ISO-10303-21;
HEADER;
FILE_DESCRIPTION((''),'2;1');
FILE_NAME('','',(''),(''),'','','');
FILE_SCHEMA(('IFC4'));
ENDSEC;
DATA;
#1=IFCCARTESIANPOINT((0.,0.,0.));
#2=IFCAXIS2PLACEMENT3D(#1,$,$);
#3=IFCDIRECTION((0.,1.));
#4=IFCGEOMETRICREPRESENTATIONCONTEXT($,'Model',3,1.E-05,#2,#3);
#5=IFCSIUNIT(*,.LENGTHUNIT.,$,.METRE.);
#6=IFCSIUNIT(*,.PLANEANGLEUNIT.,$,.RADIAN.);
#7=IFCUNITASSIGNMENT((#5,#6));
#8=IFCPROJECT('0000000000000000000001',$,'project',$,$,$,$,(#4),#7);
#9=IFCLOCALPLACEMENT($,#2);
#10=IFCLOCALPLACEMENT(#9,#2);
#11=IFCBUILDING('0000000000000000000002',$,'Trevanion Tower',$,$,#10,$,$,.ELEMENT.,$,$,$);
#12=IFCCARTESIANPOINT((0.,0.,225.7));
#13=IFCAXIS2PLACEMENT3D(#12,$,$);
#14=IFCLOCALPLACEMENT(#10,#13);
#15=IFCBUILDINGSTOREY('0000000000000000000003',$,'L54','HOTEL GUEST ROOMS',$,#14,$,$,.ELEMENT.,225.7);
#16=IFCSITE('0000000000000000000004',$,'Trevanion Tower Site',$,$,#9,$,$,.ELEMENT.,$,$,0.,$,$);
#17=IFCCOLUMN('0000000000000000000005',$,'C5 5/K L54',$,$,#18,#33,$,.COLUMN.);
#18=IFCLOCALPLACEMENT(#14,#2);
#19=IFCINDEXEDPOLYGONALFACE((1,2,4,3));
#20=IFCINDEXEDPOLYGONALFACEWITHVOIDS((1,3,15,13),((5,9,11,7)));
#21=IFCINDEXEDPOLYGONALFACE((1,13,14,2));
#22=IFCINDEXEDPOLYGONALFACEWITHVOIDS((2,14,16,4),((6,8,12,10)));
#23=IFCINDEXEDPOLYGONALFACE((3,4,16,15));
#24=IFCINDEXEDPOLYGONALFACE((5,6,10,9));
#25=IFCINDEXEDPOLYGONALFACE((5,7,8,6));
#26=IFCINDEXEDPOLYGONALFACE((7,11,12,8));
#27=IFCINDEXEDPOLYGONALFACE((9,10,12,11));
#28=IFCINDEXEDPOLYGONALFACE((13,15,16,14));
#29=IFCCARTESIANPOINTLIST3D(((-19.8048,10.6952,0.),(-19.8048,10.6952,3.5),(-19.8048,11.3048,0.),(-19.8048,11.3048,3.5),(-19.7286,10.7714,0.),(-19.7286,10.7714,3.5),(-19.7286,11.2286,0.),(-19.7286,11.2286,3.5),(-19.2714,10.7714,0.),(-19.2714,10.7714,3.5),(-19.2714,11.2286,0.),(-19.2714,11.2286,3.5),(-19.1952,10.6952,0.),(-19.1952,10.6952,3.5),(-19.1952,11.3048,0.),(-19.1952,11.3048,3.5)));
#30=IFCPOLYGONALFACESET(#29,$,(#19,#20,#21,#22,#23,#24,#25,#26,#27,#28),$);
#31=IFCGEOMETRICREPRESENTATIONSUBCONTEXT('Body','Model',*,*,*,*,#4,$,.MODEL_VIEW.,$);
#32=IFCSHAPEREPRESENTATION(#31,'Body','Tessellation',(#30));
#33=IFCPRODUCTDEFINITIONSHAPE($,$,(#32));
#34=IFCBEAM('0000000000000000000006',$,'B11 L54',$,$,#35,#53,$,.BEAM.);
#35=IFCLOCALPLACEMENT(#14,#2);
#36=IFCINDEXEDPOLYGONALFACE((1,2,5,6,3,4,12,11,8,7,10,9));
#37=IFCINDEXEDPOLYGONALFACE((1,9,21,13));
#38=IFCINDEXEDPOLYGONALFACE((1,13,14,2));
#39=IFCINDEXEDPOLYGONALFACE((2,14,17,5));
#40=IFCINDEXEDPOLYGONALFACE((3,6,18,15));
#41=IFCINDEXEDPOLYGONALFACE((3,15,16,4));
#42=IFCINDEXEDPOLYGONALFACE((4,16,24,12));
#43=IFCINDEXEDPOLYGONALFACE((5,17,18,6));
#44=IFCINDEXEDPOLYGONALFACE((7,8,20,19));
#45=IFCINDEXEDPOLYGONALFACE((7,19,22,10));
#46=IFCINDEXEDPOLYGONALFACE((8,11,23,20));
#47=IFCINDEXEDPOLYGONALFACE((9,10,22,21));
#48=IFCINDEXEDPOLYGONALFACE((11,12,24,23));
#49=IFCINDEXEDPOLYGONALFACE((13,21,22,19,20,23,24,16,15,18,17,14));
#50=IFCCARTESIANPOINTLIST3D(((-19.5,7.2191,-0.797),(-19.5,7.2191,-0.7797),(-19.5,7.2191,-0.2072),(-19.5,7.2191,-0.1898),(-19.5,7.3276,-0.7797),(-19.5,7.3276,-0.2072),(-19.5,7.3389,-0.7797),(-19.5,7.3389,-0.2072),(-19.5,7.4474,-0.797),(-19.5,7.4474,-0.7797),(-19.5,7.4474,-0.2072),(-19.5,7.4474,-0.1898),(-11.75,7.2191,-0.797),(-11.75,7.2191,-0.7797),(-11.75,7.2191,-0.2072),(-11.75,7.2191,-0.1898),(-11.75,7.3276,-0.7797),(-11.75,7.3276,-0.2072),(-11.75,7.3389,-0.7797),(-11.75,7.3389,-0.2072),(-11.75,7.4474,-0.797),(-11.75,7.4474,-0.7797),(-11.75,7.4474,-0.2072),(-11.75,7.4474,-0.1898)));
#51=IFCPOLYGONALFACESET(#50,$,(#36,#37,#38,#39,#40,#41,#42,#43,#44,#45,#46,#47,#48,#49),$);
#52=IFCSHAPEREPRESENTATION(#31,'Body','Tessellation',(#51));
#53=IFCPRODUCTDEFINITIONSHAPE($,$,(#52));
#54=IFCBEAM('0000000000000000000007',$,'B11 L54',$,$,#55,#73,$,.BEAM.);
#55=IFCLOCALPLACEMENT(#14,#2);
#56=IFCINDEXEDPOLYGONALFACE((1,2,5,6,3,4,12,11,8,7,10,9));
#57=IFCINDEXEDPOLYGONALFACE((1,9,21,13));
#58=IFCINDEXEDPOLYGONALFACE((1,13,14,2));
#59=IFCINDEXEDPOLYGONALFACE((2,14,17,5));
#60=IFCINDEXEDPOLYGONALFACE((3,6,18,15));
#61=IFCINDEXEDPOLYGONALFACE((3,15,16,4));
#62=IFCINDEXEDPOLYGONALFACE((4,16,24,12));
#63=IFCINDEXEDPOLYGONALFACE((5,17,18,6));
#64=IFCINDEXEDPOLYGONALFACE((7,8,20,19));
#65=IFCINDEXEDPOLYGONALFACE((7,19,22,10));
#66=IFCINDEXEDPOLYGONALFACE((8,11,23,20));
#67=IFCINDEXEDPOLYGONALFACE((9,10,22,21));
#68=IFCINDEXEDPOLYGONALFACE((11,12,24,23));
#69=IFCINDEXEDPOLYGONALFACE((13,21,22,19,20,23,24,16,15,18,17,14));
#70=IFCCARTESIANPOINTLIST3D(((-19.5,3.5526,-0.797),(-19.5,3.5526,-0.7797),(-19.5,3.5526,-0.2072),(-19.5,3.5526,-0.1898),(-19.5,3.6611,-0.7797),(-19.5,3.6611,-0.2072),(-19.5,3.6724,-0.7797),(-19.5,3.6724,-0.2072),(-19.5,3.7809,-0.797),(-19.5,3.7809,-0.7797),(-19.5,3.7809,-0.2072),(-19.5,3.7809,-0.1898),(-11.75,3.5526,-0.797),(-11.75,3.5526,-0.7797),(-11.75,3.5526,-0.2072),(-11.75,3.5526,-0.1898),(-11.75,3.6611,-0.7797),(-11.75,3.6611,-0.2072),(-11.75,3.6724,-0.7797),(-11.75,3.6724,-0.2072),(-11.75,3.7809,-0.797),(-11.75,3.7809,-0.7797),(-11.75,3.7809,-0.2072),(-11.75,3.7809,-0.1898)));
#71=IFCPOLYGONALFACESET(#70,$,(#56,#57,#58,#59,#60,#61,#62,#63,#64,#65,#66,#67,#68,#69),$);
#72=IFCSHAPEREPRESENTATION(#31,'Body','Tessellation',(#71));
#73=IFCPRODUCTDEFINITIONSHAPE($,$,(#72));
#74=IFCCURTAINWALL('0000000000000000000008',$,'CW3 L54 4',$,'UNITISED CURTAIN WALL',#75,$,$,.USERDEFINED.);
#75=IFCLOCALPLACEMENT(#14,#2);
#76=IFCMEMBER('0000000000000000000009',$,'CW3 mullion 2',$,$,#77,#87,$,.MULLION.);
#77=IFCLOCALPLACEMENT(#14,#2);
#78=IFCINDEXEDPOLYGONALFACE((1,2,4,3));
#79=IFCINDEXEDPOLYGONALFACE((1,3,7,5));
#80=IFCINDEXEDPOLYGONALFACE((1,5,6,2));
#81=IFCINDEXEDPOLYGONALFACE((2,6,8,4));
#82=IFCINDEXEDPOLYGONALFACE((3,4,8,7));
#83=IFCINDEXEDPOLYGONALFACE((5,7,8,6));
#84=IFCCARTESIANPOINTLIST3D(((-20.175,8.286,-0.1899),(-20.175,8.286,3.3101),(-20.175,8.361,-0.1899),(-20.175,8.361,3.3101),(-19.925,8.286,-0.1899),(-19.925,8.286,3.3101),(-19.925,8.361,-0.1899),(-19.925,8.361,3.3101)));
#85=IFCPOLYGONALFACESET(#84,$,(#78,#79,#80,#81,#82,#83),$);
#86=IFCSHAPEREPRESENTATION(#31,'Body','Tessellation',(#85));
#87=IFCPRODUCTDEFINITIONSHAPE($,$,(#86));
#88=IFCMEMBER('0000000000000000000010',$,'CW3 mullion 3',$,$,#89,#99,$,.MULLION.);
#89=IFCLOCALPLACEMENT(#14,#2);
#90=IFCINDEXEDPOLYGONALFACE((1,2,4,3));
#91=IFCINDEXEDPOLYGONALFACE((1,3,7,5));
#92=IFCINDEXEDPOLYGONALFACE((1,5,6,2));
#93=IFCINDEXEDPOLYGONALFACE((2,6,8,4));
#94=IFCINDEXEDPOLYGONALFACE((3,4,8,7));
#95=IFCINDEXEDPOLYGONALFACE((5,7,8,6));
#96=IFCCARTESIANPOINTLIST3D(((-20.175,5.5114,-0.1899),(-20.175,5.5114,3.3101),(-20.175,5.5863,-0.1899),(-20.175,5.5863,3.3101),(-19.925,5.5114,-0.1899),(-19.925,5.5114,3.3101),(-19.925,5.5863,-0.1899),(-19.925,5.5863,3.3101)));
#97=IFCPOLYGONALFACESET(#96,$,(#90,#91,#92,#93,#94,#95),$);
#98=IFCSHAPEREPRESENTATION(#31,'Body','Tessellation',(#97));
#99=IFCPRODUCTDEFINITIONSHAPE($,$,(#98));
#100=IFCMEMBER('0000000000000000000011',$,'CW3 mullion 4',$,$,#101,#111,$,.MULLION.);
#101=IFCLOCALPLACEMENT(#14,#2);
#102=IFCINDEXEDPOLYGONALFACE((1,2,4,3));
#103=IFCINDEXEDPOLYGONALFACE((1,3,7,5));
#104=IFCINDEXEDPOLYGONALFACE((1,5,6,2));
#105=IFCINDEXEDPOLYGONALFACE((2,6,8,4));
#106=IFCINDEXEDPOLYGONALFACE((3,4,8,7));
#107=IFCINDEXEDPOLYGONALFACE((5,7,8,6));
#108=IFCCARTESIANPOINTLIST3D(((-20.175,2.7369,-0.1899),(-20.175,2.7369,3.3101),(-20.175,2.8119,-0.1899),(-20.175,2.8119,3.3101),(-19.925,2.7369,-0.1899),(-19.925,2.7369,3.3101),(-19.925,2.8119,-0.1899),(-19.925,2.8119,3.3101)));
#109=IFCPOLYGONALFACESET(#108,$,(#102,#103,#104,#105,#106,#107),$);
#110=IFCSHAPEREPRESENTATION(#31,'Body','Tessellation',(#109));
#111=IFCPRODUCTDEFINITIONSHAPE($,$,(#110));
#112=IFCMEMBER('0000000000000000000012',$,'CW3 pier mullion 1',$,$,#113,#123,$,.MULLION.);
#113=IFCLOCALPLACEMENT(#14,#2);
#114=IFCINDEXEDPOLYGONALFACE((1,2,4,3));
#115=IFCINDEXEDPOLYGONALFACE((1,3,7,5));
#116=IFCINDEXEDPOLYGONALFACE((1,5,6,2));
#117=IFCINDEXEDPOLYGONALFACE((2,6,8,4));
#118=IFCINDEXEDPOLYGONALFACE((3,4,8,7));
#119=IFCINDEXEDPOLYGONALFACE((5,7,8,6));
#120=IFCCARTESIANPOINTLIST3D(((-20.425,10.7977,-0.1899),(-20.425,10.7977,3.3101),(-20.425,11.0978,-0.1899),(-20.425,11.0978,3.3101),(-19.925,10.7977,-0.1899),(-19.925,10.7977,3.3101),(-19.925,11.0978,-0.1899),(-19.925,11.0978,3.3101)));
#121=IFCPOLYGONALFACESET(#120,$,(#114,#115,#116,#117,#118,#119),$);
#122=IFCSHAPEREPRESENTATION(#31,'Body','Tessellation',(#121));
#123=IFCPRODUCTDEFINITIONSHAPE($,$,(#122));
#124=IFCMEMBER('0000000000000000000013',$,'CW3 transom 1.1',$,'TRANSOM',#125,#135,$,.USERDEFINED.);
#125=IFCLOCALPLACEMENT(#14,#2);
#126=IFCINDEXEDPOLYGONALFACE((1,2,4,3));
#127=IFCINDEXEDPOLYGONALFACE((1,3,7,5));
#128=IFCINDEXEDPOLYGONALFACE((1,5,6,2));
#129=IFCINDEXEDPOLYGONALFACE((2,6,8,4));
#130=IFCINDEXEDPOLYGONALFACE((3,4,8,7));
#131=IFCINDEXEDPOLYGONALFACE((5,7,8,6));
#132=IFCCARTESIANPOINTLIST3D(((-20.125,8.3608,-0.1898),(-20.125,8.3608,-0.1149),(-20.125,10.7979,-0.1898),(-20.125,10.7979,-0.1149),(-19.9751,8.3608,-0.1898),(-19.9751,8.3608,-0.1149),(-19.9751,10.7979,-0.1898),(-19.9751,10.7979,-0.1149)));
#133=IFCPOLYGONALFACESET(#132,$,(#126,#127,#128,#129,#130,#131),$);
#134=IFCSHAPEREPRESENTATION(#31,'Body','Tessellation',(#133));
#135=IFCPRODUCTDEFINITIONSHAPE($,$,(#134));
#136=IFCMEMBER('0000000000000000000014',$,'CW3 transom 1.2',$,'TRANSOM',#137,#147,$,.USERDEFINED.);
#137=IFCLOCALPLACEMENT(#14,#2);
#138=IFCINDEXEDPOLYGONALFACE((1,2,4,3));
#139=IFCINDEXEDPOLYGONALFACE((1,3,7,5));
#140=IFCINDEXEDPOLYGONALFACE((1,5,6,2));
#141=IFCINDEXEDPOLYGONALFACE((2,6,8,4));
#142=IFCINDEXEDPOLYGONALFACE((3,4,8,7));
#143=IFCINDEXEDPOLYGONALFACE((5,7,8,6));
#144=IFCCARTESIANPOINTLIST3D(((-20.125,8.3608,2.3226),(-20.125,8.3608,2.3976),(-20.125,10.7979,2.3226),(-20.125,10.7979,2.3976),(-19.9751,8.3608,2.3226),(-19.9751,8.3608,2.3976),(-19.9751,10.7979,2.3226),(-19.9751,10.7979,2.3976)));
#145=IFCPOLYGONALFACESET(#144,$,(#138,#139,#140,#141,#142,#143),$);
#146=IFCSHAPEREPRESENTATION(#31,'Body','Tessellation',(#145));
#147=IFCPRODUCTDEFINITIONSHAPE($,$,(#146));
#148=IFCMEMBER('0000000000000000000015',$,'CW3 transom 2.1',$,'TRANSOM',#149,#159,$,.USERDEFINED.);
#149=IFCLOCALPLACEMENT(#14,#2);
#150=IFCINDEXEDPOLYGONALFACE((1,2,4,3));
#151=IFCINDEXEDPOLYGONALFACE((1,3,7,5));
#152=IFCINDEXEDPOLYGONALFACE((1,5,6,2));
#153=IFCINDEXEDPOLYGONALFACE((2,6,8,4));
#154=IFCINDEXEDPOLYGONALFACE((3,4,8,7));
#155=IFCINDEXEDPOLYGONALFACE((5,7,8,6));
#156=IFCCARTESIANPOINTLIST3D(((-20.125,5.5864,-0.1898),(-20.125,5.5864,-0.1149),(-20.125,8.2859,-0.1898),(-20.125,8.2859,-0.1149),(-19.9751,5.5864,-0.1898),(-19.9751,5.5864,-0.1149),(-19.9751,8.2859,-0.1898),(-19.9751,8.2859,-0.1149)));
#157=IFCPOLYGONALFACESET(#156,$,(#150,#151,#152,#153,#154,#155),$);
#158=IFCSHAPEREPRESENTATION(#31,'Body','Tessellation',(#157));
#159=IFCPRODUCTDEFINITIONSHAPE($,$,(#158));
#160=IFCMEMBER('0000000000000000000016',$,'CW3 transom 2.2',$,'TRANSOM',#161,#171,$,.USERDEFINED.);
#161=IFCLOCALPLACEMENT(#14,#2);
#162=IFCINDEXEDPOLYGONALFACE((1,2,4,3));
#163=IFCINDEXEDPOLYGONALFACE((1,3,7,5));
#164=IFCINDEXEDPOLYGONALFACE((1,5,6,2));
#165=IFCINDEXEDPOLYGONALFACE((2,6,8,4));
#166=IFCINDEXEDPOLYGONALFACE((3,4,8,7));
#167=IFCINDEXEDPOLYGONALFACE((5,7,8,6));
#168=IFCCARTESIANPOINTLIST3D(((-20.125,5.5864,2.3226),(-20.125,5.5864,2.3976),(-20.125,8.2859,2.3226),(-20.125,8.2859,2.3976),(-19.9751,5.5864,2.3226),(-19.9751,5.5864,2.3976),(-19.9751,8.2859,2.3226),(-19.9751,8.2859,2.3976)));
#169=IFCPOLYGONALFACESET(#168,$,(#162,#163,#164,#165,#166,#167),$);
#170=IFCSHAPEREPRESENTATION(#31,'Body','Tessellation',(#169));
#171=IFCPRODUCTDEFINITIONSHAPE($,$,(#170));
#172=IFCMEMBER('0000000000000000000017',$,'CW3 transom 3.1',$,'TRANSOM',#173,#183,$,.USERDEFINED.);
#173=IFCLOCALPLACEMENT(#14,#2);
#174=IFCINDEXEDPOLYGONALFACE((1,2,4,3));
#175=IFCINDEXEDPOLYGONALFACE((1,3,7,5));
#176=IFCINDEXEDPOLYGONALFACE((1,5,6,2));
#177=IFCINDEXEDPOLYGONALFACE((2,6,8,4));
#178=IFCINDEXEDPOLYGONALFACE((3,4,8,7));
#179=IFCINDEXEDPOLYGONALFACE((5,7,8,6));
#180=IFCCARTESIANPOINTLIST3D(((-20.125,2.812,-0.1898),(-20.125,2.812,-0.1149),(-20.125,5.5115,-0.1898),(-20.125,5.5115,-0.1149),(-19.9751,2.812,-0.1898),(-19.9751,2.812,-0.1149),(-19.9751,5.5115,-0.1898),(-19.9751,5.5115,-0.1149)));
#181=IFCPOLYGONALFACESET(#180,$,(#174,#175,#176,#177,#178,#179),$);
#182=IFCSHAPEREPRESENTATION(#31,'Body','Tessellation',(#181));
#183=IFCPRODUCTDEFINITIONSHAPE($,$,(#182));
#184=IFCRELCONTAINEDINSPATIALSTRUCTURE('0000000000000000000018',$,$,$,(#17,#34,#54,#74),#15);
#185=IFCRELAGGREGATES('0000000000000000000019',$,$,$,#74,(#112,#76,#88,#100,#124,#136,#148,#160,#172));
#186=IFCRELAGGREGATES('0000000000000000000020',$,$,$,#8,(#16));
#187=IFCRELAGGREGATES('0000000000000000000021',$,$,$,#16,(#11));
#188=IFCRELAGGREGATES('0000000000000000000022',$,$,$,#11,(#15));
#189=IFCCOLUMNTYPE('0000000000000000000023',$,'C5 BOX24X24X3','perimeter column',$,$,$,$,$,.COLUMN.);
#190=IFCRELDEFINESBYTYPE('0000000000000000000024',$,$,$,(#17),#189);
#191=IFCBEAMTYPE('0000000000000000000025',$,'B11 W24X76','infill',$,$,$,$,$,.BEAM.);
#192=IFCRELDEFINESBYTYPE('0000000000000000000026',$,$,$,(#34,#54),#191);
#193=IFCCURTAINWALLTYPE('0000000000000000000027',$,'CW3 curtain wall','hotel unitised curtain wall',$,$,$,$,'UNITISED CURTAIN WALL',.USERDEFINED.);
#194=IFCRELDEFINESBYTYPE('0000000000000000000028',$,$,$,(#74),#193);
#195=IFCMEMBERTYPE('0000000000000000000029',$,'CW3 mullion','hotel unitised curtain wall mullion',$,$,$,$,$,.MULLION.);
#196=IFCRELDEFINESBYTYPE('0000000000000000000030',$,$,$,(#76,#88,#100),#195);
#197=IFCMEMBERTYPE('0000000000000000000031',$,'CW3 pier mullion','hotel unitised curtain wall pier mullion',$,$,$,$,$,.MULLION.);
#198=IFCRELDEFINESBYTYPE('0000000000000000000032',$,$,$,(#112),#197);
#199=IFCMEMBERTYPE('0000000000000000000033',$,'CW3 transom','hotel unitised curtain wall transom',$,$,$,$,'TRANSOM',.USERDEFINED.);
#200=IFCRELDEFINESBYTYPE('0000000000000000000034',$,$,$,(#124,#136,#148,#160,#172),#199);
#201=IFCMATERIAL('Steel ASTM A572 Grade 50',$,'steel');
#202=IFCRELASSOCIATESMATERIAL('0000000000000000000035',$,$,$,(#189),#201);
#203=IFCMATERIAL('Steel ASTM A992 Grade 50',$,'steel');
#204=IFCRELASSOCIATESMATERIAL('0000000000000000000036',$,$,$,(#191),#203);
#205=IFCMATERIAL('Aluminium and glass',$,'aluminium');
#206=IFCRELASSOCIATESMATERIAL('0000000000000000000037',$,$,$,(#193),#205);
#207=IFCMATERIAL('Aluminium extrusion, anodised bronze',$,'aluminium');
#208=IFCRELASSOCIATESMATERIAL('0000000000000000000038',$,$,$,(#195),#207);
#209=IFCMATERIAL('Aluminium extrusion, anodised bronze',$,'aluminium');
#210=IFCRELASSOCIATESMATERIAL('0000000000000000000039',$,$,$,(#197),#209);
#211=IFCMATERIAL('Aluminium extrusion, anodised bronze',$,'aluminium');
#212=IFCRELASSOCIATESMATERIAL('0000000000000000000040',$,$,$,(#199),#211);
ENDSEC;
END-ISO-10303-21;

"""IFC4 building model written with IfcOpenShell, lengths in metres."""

from ifc_helpers import new_model, si_unit, direction, frame, origin, origin_2d, place, context, subcontext, project, spatial, rectangle, hollow_rectangle, i_section, extrude, material, material_profile, profile_set, type_object, element, aggregate, save


model = new_model("IFC4")

# Units and contexts
model_context = context("Model", 3, precision=1e-05, world=origin(), true_north=direction((0.0, 1.0)))
body_context = subcontext(model_context, "Body", "Model", "MODEL_VIEW")
ifc_project = project(units=[si_unit("LENGTHUNIT", "METRE"), si_unit("PLANEANGLEUNIT", "RADIAN")], contexts=[model_context])

# Site, building, storey
site_placement = place(None, origin())
site = spatial("IfcSite", under=ifc_project, at=site_placement, Name="Trevanion Tower Site", CompositionType="ELEMENT", RefElevation=0.0)
building_placement = place(site_placement, origin())
building = spatial("IfcBuilding", under=site, at=building_placement, Name="Trevanion Tower", CompositionType="ELEMENT")
storey_placement = place(building_placement, frame((0.0, 0.0, 225.7)))
storey = spatial("IfcBuildingStorey", under=building, at=storey_placement, Name="L54", Description="HOTEL GUEST ROOMS", CompositionType="ELEMENT", Elevation=225.7)

# Column
ifc_material_1 = material(Name="Steel ASTM A572 Grade 50", Category="steel")
ifc_material_profile_1 = material_profile(ifc_material_1, hollow_rectangle(XDim=0.6096, YDim=0.6096, WallThickness=0.0762, at=origin_2d()), Name="BOX24X24X3")
ifc_profile_set_1 = profile_set([ifc_material_profile_1], Name="Steel ASTM A572 Grade 50")
column_type = type_object("IfcColumnType", Name="C5 BOX24X24X3", Description="perimeter column", PredefinedType="COLUMN", material=ifc_profile_set_1)
column_placement = place(storey_placement, frame((-19.5, 11.0, 0.0), z_axis=(0.0, 0.0, 1.0), x_axis=(0.0, 1.0, 0.0)))
element("IfcColumn", 1, at=column_placement, inside=storey, type_object=column_type, Name="C5 5/K L54", PredefinedType="COLUMN", context=body_context, shape_type="SweptSolid", body=[
    extrude(hollow_rectangle(XDim=0.6096, YDim=0.6096, WallThickness=0.0762, at=origin_2d()), origin(), (0.0, 0.0, 1.0), 3.5),
])

# Beams
ifc_material_2 = material(Name="Steel ASTM A992 Grade 50", Category="steel")
ifc_material_profile_2 = material_profile(ifc_material_2, i_section(OverallWidth=0.2283, OverallDepth=0.6072, WebThickness=0.0112, FlangeThickness=0.0173, at=origin_2d()), Name="W24X76")
ifc_profile_set_2 = profile_set([ifc_material_profile_2], Name="Steel ASTM A992 Grade 50")
beam_type_1 = type_object("IfcBeamType", Name="B11 W24X76", Description="infill", PredefinedType="BEAM", material=ifc_profile_set_2)
for number, where, z_axis, x_axis, name in (
    (2, (-11.75, 7.3333, -0.4934), (-1.0, 0.0, 0.0), (0.0, -1.0, 0.0), "B11 L54"),
    (3, (-11.75, 3.6667, -0.4934), (-1.0, 0.0, 0.0), (0.0, -1.0, 0.0), "B11 L54"),
):
    element("IfcBeam", number, at=place(storey_placement, frame(where, z_axis=z_axis, x_axis=x_axis)), inside=storey, type_object=beam_type_1, Name=name, PredefinedType="BEAM", context=body_context, shape_type="SweptSolid", body=[
        extrude(i_section(OverallWidth=0.2283, OverallDepth=0.6072, WebThickness=0.0112, FlangeThickness=0.0173, at=origin_2d()), origin(), (0.0, 0.0, 1.0), 7.75),
    ])

# Curtain wall, members
ifc_material_3 = material(Name="Aluminium and glass", Category="aluminium")
curtain_wall_type = type_object("IfcCurtainWallType", Name="CW3 curtain wall", Description="hotel unitised curtain wall", ElementType="UNITISED CURTAIN WALL", PredefinedType="USERDEFINED", material=ifc_material_3)
curtain_wall_placement = place(storey_placement, origin())
curtain_wall = element("IfcCurtainWall", 4, at=curtain_wall_placement, inside=storey, type_object=curtain_wall_type, Name="CW3 L54 4", ObjectType="UNITISED CURTAIN WALL", PredefinedType="USERDEFINED")
ifc_material_4 = material(Name="Aluminium extrusion, anodised bronze", Category="aluminium")
ifc_material_profile_3 = material_profile(ifc_material_4, rectangle(XDim=0.075, YDim=0.25, at=origin_2d()), Name="CW3 mullion")
ifc_profile_set_3 = profile_set([ifc_material_profile_3], Name="Aluminium extrusion, anodised bronze")
member_type_1 = type_object("IfcMemberType", Name="CW3 mullion", Description="hotel unitised curtain wall mullion", PredefinedType="MULLION", material=ifc_profile_set_3)
member_1_placement = place(storey_placement, frame((-20.05, 8.3235, -0.1899), z_axis=(0.0, 0.0, 1.0), x_axis=(0.0, -1.0, 0.0)))
member_1 = element("IfcMember", 5, at=member_1_placement, type_object=member_type_1, Name="CW3 mullion 2", PredefinedType="MULLION", context=body_context, shape_type="SweptSolid", body=[
    extrude(rectangle(XDim=0.075, YDim=0.25, at=origin_2d()), origin(), (0.0, 0.0, 1.0), 3.5),
])
member_2_placement = place(storey_placement, frame((-20.05, 5.5488, -0.1899), z_axis=(0.0, 0.0, 1.0), x_axis=(0.0, -1.0, 0.0)))
member_2 = element("IfcMember", 6, at=member_2_placement, type_object=member_type_1, Name="CW3 mullion 3", PredefinedType="MULLION", context=body_context, shape_type="SweptSolid", body=[
    extrude(rectangle(XDim=0.075, YDim=0.25, at=origin_2d()), origin(), (0.0, 0.0, 1.0), 3.5),
])
member_3_placement = place(storey_placement, frame((-20.05, 2.7744, -0.1899), z_axis=(0.0, 0.0, 1.0), x_axis=(0.0, -1.0, 0.0)))
member_3 = element("IfcMember", 7, at=member_3_placement, type_object=member_type_1, Name="CW3 mullion 4", PredefinedType="MULLION", context=body_context, shape_type="SweptSolid", body=[
    extrude(rectangle(XDim=0.075, YDim=0.25, at=origin_2d()), origin(), (0.0, 0.0, 1.0), 3.5),
])
ifc_material_5 = material(Name="Aluminium extrusion, anodised bronze", Category="aluminium")
ifc_material_profile_4 = material_profile(ifc_material_5, rectangle(XDim=0.3, YDim=0.5, at=origin_2d()), Name="CW3 pier mullion")
ifc_profile_set_4 = profile_set([ifc_material_profile_4], Name="Aluminium extrusion, anodised bronze")
member_type_2 = type_object("IfcMemberType", Name="CW3 pier mullion", Description="hotel unitised curtain wall pier mullion", PredefinedType="MULLION", material=ifc_profile_set_4)
member_4_placement = place(storey_placement, frame((-20.175, 10.9478, -0.1899), z_axis=(0.0, 0.0, 1.0), x_axis=(0.0, -1.0, 0.0)))
member_4 = element("IfcMember", 8, at=member_4_placement, type_object=member_type_2, Name="CW3 pier mullion 1", PredefinedType="MULLION", context=body_context, shape_type="SweptSolid", body=[
    extrude(rectangle(XDim=0.3, YDim=0.5, at=origin_2d()), origin(), (0.0, 0.0, 1.0), 3.5),
])
ifc_material_6 = material(Name="Aluminium extrusion, anodised bronze", Category="aluminium")
ifc_material_profile_5 = material_profile(ifc_material_6, rectangle(XDim=0.1499, YDim=0.075, at=origin_2d()), Name="CW3 transom")
ifc_profile_set_5 = profile_set([ifc_material_profile_5], Name="Aluminium extrusion, anodised bronze")
member_type_3 = type_object("IfcMemberType", Name="CW3 transom", Description="hotel unitised curtain wall transom", ElementType="TRANSOM", PredefinedType="USERDEFINED", material=ifc_profile_set_5)
member_5_placement = place(storey_placement, frame((-20.05, 10.7979, -0.1523), z_axis=(0.0, -1.0, 0.0), x_axis=(1.0, 0.0, 0.0)))
member_5 = element("IfcMember", 9, at=member_5_placement, type_object=member_type_3, Name="CW3 transom 1.1", ObjectType="TRANSOM", PredefinedType="USERDEFINED", context=body_context, shape_type="SweptSolid", body=[
    extrude(rectangle(XDim=0.1499, YDim=0.075, at=origin_2d()), origin(), (0.0, 0.0, 1.0), 2.437),
])
member_6_placement = place(storey_placement, frame((-20.05, 10.7979, 2.3601), z_axis=(0.0, -1.0, 0.0), x_axis=(1.0, 0.0, 0.0)))
member_6 = element("IfcMember", 10, at=member_6_placement, type_object=member_type_3, Name="CW3 transom 1.2", ObjectType="TRANSOM", PredefinedType="USERDEFINED", context=body_context, shape_type="SweptSolid", body=[
    extrude(rectangle(XDim=0.1499, YDim=0.075, at=origin_2d()), origin(), (0.0, 0.0, 1.0), 2.437),
])
member_7_placement = place(storey_placement, frame((-20.05, 8.2859, -0.1523), z_axis=(0.0, -1.0, 0.0), x_axis=(1.0, 0.0, 0.0)))
member_7 = element("IfcMember", 11, at=member_7_placement, type_object=member_type_3, Name="CW3 transom 2.1", ObjectType="TRANSOM", PredefinedType="USERDEFINED", context=body_context, shape_type="SweptSolid", body=[
    extrude(rectangle(XDim=0.1499, YDim=0.075, at=origin_2d()), origin(), (0.0, 0.0, 1.0), 2.6995),
])
member_8_placement = place(storey_placement, frame((-20.05, 8.2859, 2.3601), z_axis=(0.0, -1.0, 0.0), x_axis=(1.0, 0.0, 0.0)))
member_8 = element("IfcMember", 12, at=member_8_placement, type_object=member_type_3, Name="CW3 transom 2.2", ObjectType="TRANSOM", PredefinedType="USERDEFINED", context=body_context, shape_type="SweptSolid", body=[
    extrude(rectangle(XDim=0.1499, YDim=0.075, at=origin_2d()), origin(), (0.0, 0.0, 1.0), 2.6995),
])
member_9_placement = place(storey_placement, frame((-20.05, 5.5115, -0.1523), z_axis=(0.0, -1.0, 0.0), x_axis=(1.0, 0.0, 0.0)))
member_9 = element("IfcMember", 13, at=member_9_placement, type_object=member_type_3, Name="CW3 transom 3.1", ObjectType="TRANSOM", PredefinedType="USERDEFINED", context=body_context, shape_type="SweptSolid", body=[
    extrude(rectangle(XDim=0.1499, YDim=0.075, at=origin_2d()), origin(), (0.0, 0.0, 1.0), 2.6995),
])

aggregate(curtain_wall, [member_4, member_1, member_2, member_3, member_5, member_6, member_7, member_8, member_9])

save(model, "model.ifc")
